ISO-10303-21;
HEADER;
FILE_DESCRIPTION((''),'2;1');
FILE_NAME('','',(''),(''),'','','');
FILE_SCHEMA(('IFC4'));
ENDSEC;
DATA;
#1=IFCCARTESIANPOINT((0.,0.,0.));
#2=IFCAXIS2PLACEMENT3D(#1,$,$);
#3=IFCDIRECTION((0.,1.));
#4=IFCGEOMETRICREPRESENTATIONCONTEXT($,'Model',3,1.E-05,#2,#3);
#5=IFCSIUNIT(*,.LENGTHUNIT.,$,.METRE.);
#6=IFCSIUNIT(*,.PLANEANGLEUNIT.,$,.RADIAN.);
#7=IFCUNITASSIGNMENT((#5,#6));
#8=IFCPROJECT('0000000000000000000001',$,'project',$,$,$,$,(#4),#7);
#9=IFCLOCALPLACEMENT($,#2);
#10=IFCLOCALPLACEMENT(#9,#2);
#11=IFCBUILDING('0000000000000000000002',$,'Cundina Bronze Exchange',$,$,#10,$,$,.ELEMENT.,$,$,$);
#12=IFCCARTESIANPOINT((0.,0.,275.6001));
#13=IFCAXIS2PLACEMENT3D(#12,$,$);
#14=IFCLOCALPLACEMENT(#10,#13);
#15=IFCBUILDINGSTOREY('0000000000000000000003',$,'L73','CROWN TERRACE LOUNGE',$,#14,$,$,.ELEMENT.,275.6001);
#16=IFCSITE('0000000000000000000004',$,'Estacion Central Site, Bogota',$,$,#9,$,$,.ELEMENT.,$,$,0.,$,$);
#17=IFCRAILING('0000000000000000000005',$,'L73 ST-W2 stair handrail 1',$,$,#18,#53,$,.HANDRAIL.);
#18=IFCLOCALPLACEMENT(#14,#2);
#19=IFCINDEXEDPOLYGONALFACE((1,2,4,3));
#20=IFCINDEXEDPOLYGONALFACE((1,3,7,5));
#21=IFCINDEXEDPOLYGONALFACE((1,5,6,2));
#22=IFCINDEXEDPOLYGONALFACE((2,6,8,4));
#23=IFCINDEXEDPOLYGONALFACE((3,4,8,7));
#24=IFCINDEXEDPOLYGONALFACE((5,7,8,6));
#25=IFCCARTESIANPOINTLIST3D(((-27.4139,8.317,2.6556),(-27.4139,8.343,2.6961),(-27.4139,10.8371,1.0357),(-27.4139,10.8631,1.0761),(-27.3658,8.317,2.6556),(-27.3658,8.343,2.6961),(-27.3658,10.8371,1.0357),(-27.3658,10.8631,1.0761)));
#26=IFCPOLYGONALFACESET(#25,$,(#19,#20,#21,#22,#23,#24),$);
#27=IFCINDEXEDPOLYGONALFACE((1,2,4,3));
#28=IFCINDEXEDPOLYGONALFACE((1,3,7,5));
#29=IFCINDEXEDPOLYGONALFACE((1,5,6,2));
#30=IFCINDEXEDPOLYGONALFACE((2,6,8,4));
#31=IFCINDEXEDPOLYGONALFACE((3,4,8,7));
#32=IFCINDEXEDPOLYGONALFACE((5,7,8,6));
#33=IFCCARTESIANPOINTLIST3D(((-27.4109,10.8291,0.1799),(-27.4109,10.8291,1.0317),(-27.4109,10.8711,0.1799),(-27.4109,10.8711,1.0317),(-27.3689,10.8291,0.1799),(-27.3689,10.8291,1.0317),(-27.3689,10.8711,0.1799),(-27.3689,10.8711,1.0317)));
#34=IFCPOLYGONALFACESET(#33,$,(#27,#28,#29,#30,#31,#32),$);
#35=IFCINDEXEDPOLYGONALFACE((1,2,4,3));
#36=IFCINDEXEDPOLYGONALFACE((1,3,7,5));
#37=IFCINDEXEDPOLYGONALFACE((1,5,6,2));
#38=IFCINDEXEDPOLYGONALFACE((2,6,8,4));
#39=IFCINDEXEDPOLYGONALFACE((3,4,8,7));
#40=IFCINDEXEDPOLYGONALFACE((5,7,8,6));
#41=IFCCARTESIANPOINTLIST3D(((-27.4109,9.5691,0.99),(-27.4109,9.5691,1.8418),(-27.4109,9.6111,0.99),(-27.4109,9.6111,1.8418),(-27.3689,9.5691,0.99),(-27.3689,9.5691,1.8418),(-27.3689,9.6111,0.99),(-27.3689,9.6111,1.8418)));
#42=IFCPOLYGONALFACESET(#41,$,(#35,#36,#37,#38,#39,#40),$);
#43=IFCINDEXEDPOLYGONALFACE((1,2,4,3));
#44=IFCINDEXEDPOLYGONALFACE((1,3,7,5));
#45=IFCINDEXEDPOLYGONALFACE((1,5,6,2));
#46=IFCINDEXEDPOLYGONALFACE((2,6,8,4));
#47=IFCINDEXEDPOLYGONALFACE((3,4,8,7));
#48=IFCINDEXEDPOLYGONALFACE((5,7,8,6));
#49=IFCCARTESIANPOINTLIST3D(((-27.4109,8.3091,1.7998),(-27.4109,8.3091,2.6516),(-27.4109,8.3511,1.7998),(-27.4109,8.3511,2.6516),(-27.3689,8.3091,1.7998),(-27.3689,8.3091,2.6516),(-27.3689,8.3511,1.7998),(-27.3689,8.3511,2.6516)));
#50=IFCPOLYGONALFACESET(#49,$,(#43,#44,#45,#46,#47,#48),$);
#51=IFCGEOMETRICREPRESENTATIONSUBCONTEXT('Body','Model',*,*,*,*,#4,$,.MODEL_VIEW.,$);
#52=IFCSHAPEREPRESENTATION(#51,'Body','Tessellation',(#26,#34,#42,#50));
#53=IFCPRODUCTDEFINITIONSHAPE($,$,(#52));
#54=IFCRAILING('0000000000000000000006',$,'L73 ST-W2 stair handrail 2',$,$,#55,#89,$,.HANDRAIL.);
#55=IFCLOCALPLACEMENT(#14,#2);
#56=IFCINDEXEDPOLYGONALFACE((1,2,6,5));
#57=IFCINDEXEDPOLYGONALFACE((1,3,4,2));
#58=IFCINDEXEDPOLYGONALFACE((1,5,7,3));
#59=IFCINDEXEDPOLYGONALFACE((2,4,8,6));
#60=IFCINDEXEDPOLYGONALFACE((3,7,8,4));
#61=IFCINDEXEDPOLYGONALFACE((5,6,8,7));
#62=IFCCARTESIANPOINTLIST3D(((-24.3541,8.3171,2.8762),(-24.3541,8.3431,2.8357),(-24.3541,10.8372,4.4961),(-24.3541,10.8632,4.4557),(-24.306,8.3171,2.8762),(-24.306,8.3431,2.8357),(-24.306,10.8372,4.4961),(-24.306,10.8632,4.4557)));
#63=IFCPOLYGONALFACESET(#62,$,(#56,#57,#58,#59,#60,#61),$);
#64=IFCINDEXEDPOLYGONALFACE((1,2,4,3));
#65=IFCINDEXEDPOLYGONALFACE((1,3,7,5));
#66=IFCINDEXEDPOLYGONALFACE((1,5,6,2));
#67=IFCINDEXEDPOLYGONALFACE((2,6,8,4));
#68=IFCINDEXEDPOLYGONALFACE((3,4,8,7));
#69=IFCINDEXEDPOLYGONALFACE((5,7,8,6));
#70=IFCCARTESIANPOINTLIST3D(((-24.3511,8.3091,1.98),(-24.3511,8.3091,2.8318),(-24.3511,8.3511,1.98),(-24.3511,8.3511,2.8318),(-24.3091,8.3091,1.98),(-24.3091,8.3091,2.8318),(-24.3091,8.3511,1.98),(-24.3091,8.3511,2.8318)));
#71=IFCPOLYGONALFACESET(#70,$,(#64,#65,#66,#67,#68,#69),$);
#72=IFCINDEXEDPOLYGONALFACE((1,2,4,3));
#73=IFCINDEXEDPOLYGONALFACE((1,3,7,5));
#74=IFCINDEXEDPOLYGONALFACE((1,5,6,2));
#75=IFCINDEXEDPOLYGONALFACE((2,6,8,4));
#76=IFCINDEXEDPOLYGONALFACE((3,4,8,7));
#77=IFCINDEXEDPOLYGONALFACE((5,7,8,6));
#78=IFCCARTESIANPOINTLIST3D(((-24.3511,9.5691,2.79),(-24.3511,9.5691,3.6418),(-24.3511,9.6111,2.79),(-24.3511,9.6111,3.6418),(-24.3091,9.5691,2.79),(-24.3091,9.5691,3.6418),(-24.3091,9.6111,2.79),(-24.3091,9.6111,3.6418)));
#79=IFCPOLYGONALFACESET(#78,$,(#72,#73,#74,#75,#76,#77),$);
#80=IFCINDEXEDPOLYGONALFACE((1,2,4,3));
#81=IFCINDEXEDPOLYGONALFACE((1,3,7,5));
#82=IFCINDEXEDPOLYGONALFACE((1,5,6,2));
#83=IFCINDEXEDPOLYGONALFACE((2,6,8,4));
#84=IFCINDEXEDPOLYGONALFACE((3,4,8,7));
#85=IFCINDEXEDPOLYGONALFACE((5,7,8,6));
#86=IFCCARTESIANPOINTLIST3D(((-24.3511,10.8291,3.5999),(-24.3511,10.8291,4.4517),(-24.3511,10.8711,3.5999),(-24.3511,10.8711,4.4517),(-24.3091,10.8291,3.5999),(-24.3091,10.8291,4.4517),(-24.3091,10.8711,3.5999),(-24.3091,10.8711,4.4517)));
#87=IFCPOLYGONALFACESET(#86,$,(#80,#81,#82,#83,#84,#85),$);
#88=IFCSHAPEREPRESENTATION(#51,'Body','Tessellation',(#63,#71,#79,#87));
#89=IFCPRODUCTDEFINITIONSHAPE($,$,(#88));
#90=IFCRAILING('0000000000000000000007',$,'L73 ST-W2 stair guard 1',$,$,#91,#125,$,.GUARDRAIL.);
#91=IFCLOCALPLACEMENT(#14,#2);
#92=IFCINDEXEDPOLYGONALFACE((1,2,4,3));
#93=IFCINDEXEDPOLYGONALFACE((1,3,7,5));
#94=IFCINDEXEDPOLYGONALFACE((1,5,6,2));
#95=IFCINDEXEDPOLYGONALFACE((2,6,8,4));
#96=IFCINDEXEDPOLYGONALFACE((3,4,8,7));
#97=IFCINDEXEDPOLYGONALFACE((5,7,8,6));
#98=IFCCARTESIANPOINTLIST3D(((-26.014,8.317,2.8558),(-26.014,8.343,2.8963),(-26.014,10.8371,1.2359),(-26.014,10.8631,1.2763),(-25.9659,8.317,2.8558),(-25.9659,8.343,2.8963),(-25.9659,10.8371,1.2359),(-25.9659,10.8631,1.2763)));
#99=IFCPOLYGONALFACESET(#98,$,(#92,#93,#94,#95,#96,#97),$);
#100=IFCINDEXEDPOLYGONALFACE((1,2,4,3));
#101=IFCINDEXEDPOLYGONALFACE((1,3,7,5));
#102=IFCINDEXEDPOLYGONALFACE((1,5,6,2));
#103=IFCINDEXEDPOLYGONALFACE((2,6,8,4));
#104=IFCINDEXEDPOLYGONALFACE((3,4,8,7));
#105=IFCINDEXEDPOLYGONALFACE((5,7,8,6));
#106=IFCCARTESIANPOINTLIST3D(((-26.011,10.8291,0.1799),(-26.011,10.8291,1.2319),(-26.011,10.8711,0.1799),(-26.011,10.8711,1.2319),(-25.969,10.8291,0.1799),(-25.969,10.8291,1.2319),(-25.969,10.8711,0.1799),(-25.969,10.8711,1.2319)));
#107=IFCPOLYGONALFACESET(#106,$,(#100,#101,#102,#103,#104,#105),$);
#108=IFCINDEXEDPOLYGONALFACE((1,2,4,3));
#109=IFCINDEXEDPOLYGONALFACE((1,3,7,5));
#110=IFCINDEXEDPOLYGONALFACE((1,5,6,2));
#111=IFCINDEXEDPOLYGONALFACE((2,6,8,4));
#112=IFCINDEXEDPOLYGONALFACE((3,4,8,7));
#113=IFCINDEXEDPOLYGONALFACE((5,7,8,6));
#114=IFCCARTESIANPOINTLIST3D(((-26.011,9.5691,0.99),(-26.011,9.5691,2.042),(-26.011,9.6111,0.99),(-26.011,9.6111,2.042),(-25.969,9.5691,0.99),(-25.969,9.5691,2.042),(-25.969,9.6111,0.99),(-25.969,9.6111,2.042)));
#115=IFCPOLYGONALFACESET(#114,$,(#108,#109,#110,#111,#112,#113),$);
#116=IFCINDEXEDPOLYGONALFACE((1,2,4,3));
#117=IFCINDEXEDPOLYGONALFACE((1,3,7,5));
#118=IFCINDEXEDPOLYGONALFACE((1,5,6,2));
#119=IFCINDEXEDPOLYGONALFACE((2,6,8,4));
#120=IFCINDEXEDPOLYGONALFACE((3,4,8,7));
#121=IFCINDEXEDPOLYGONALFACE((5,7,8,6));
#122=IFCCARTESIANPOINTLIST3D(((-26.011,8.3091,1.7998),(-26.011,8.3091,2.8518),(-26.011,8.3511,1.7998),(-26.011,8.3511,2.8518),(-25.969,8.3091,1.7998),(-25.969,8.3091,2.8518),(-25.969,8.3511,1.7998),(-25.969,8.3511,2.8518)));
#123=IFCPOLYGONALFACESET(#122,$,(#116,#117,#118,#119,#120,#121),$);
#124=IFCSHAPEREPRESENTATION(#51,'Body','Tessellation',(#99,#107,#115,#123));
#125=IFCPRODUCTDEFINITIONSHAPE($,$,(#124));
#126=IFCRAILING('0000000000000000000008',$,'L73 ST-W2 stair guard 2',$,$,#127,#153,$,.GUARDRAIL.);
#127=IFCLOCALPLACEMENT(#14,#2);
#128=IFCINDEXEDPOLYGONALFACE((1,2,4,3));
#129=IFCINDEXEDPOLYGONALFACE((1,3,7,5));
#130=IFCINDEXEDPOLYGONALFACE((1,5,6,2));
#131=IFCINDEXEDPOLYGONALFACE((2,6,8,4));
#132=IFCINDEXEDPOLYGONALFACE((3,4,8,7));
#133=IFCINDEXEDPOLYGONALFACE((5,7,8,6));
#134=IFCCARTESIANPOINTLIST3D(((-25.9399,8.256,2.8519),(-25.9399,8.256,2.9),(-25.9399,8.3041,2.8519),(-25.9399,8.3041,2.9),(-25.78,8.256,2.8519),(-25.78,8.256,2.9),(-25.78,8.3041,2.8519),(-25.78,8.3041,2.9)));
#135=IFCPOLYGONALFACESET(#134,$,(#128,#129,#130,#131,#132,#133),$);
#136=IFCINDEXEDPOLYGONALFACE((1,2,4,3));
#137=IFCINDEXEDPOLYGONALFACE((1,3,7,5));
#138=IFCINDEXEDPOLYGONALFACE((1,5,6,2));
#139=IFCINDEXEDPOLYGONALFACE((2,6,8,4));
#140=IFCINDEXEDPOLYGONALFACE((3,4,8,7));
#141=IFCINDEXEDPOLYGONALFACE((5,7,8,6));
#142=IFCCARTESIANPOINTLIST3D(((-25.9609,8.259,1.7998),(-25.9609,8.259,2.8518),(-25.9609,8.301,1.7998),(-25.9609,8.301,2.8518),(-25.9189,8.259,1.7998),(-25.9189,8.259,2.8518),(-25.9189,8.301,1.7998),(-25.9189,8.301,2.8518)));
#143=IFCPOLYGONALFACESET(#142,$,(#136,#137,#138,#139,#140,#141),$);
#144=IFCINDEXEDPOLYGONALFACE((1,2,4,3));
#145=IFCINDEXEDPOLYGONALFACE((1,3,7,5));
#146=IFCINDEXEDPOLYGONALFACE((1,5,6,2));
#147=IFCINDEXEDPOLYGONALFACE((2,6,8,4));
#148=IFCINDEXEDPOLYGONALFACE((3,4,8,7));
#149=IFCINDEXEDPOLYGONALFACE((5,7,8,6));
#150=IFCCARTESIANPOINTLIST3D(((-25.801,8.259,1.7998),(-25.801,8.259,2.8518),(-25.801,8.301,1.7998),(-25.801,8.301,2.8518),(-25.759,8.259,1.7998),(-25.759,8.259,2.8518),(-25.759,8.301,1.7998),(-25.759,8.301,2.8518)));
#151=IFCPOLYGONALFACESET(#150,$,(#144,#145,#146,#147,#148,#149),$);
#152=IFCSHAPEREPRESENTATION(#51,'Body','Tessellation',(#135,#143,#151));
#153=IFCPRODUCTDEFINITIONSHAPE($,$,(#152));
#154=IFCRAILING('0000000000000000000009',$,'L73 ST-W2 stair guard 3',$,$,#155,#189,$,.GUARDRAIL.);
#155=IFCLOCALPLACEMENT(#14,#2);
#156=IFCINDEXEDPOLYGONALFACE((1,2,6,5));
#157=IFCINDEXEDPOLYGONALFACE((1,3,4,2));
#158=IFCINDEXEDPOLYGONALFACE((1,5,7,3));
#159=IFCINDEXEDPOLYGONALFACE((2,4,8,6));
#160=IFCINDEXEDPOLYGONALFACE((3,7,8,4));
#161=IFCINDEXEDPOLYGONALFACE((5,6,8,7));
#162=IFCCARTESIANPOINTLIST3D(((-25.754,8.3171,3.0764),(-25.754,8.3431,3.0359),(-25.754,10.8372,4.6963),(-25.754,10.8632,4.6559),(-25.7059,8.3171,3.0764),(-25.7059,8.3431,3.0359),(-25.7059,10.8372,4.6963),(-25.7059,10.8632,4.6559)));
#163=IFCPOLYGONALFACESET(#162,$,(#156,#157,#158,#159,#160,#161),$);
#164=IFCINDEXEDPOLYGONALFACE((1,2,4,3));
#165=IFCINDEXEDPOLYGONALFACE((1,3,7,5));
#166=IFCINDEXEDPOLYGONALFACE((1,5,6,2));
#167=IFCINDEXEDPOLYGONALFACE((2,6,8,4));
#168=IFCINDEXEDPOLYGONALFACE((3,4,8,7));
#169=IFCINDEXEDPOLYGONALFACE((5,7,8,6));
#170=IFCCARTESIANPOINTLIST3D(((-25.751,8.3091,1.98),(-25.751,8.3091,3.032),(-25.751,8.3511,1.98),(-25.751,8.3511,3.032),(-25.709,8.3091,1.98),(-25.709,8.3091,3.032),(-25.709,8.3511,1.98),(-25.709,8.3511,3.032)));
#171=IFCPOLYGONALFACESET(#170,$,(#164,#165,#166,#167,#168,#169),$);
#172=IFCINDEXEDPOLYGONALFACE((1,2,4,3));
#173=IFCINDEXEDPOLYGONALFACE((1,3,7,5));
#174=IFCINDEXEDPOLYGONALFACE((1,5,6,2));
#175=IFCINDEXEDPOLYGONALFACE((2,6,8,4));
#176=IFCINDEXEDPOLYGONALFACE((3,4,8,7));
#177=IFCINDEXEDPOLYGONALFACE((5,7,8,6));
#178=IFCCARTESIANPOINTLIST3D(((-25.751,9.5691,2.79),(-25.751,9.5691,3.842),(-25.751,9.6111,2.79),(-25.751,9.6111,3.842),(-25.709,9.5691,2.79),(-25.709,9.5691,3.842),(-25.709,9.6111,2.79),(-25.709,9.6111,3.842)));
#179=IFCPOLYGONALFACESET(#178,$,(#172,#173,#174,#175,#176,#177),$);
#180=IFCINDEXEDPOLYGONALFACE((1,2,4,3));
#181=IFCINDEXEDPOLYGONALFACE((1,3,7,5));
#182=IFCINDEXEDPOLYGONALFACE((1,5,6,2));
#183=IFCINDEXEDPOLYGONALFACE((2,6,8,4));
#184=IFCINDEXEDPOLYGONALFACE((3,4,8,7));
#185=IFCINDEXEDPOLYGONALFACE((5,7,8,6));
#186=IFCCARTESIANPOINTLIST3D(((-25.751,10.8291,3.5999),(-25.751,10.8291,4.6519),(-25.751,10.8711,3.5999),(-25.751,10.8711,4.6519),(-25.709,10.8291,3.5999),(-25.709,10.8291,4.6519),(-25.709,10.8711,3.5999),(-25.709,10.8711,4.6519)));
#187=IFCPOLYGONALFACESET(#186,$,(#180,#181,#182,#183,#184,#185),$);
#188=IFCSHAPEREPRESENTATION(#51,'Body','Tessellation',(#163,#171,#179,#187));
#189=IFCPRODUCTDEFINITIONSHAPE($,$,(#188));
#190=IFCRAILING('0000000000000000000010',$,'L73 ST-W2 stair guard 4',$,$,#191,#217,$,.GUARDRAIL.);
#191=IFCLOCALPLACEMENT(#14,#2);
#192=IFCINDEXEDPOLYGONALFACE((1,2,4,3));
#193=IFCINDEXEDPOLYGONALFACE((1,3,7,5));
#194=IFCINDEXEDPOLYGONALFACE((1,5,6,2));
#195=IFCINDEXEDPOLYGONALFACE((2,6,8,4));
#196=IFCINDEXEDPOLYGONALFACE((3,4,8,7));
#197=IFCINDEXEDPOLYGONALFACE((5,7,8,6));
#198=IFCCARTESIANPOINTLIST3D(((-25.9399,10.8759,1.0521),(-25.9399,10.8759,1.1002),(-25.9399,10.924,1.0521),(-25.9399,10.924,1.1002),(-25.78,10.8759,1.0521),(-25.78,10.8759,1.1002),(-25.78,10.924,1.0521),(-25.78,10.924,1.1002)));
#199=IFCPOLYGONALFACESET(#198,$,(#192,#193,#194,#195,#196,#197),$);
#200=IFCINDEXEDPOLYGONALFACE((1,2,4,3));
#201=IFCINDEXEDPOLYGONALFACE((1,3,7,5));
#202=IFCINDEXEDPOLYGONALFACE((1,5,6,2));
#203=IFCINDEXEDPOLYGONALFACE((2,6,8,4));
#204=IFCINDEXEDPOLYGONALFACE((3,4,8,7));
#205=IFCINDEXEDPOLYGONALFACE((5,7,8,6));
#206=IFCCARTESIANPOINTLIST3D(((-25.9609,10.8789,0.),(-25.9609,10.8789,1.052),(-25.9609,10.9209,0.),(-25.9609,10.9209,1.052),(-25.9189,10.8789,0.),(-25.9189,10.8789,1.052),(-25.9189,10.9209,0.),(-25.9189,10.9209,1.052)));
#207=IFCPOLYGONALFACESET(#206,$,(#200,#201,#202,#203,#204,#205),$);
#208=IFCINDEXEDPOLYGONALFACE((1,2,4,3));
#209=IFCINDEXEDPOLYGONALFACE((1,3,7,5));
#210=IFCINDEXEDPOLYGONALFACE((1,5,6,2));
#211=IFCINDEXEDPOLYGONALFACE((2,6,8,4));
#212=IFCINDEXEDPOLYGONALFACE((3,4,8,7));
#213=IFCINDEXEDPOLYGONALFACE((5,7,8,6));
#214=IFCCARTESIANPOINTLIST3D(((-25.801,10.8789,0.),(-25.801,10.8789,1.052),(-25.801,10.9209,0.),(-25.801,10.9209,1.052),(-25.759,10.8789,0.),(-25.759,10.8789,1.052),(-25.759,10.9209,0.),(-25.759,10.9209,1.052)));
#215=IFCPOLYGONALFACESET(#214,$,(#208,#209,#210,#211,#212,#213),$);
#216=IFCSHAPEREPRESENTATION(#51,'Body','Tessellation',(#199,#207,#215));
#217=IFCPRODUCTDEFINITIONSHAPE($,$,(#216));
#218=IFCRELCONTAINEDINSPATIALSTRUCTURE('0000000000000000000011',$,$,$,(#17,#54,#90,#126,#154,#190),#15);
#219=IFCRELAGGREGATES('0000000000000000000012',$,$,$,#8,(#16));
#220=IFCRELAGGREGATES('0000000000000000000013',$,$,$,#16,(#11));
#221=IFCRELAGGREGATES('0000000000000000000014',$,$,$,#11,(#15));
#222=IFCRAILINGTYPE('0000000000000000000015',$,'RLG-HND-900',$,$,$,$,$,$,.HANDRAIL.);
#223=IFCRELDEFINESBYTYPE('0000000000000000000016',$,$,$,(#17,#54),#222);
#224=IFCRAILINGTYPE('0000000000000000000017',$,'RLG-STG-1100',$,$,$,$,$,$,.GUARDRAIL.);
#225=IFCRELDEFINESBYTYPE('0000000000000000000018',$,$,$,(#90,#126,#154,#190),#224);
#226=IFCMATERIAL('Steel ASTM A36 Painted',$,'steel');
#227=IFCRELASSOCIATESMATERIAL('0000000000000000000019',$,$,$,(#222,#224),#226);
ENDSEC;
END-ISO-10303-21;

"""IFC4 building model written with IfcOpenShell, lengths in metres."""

from ifc_helpers import new_model, si_unit, direction, frame, origin, origin_2d, place, context, subcontext, project, spatial, rectangle, extrude, material, type_object, element, save


model = new_model("IFC4")

# Units and contexts
model_context = context("Model", 3, precision=1e-05, world=origin(), true_north=direction((0.0, 1.0)))
body_context = subcontext(model_context, "Body", "Model", "MODEL_VIEW")
ifc_project = project(units=[si_unit("LENGTHUNIT", "METRE"), si_unit("PLANEANGLEUNIT", "RADIAN")], contexts=[model_context])

# Site, building, storey
site_placement = place(None, origin())
site = spatial("IfcSite", under=ifc_project, at=site_placement, Name="Estacion Central Site, Bogota", CompositionType="ELEMENT", RefElevation=0.0)
building_placement = place(site_placement, origin())
building = spatial("IfcBuilding", under=site, at=building_placement, Name="Cundina Bronze Exchange", CompositionType="ELEMENT")
storey_placement = place(building_placement, frame((0.0, 0.0, 275.6001)))
storey = spatial("IfcBuildingStorey", under=building, at=storey_placement, Name="L73", Description="CROWN TERRACE LOUNGE", CompositionType="ELEMENT", Elevation=275.6001)

# Shared definitions
ifc_material_1 = material(Name="Steel ASTM A36 Painted", Category="steel")

# Railings
railing_type_1 = type_object("IfcRailingType", Name="RLG-HND-900", PredefinedType="HANDRAIL", material=ifc_material_1)
railing_1_placement = place(storey_placement, frame((-27.3899, 10.8501, 0.1799)))
element("IfcRailing", 1, at=railing_1_placement, inside=storey, type_object=railing_type_1, Name="L73 ST-W2 stair handrail 1", PredefinedType="HANDRAIL", context=body_context, shape_type="SweptSolid", body=[
    extrude(rectangle(XDim=0.0481, YDim=0.0481, at=origin_2d()), frame((0.0, 0.0, 0.876), z_axis=(0.0, -0.8412, 0.540725), x_axis=(1.0, 0.0, 0.0)), (0.0, 0.0, 1.0), 2.9958),
    extrude(rectangle(XDim=0.042, YDim=0.042, at=origin_2d()), origin(), (0.0, 0.0, 1.0), 0.8518),
    extrude(rectangle(XDim=0.042, YDim=0.042, at=origin_2d()), frame((0.0, -1.26, 0.8101)), (0.0, 0.0, 1.0), 0.8518),
    extrude(rectangle(XDim=0.042, YDim=0.042, at=origin_2d()), frame((0.0, -2.52, 1.6199)), (0.0, 0.0, 1.0), 0.8518),
])
railing_2_placement = place(storey_placement, frame((-24.3301, 8.3301, 1.98)))
element("IfcRailing", 2, at=railing_2_placement, inside=storey, type_object=railing_type_1, Name="L73 ST-W2 stair handrail 2", PredefinedType="HANDRAIL", context=body_context, shape_type="SweptSolid", body=[
    extrude(rectangle(XDim=0.0481, YDim=0.0481, at=origin_2d()), frame((0.0, 0.0, 0.876), z_axis=(0.0, 0.8412, 0.540725), x_axis=(-1.0, 0.0, 0.0)), (0.0, 0.0, 1.0), 2.9958),
    extrude(rectangle(XDim=0.042, YDim=0.042, at=origin_2d()), origin(), (0.0, 0.0, 1.0), 0.8518),
    extrude(rectangle(XDim=0.042, YDim=0.042, at=origin_2d()), frame((0.0, 1.26, 0.8101)), (0.0, 0.0, 1.0), 0.8518),
    extrude(rectangle(XDim=0.042, YDim=0.042, at=origin_2d()), frame((0.0, 2.52, 1.6199)), (0.0, 0.0, 1.0), 0.8518),
])
railing_type_2 = type_object("IfcRailingType", Name="RLG-STG-1100", PredefinedType="GUARDRAIL", material=ifc_material_1)
railing_3_placement = place(storey_placement, frame((-25.99, 10.8501, 0.1799)))
element("IfcRailing", 3, at=railing_3_placement, inside=storey, type_object=railing_type_2, Name="L73 ST-W2 stair guard 1", PredefinedType="GUARDRAIL", context=body_context, shape_type="SweptSolid", body=[
    extrude(rectangle(XDim=0.0481, YDim=0.0481, at=origin_2d()), frame((0.0, 0.0, 1.0762), z_axis=(0.0, -0.8412, 0.540725), x_axis=(1.0, 0.0, 0.0)), (0.0, 0.0, 1.0), 2.9958),
    extrude(rectangle(XDim=0.042, YDim=0.042, at=origin_2d()), origin(), (0.0, 0.0, 1.0), 1.052),
    extrude(rectangle(XDim=0.042, YDim=0.042, at=origin_2d()), frame((0.0, -1.26, 0.8101)), (0.0, 0.0, 1.0), 1.052),
    extrude(rectangle(XDim=0.042, YDim=0.042, at=origin_2d()), frame((0.0, -2.52, 1.6199)), (0.0, 0.0, 1.0), 1.052),
])
railing_4_placement = place(storey_placement, frame((-25.9399, 8.28, 1.7998)))
element("IfcRailing", 4, at=railing_4_placement, inside=storey, type_object=railing_type_2, Name="L73 ST-W2 stair guard 2", PredefinedType="GUARDRAIL", context=body_context, shape_type="SweptSolid", body=[
    extrude(rectangle(XDim=0.0481, YDim=0.0481, at=origin_2d()), frame((0.0, 0.0, 1.0762), z_axis=(1.0, 0.0, 0.0), x_axis=(0.0, 1.0, 0.0)), (0.0, 0.0, 1.0), 0.1599),
    extrude(rectangle(XDim=0.042, YDim=0.042, at=origin_2d()), origin(), (0.0, 0.0, 1.0), 1.052),
    extrude(rectangle(XDim=0.042, YDim=0.042, at=origin_2d()), frame((0.1599, 0.0, 0.0)), (0.0, 0.0, 1.0), 1.052),
])
railing_5_placement = place(storey_placement, frame((-25.73, 8.3301, 1.98)))
element("IfcRailing", 5, at=railing_5_placement, inside=storey, type_object=railing_type_2, Name="L73 ST-W2 stair guard 3", PredefinedType="GUARDRAIL", context=body_context, shape_type="SweptSolid", body=[
    extrude(rectangle(XDim=0.0481, YDim=0.0481, at=origin_2d()), frame((0.0, 0.0, 1.0762), z_axis=(0.0, 0.8412, 0.540725), x_axis=(-1.0, 0.0, 0.0)), (0.0, 0.0, 1.0), 2.9958),
    extrude(rectangle(XDim=0.042, YDim=0.042, at=origin_2d()), origin(), (0.0, 0.0, 1.0), 1.052),
    extrude(rectangle(XDim=0.042, YDim=0.042, at=origin_2d()), frame((0.0, 1.26, 0.8101)), (0.0, 0.0, 1.0), 1.052),
    extrude(rectangle(XDim=0.042, YDim=0.042, at=origin_2d()), frame((0.0, 2.52, 1.6199)), (0.0, 0.0, 1.0), 1.052),
])
railing_6_placement = place(storey_placement, frame((-25.9399, 10.8999, 0.0)))
element("IfcRailing", 6, at=railing_6_placement, inside=storey, type_object=railing_type_2, Name="L73 ST-W2 stair guard 4", PredefinedType="GUARDRAIL", context=body_context, shape_type="SweptSolid", body=[
    extrude(rectangle(XDim=0.0481, YDim=0.0481, at=origin_2d()), frame((0.0, 0.0, 1.0762), z_axis=(1.0, 0.0, 0.0), x_axis=(0.0, 1.0, 0.0)), (0.0, 0.0, 1.0), 0.1599),
    extrude(rectangle(XDim=0.042, YDim=0.042, at=origin_2d()), origin(), (0.0, 0.0, 1.0), 1.052),
    extrude(rectangle(XDim=0.042, YDim=0.042, at=origin_2d()), frame((0.1599, 0.0, 0.0)), (0.0, 0.0, 1.0), 1.052),
])

save(model, "model.ifc")
